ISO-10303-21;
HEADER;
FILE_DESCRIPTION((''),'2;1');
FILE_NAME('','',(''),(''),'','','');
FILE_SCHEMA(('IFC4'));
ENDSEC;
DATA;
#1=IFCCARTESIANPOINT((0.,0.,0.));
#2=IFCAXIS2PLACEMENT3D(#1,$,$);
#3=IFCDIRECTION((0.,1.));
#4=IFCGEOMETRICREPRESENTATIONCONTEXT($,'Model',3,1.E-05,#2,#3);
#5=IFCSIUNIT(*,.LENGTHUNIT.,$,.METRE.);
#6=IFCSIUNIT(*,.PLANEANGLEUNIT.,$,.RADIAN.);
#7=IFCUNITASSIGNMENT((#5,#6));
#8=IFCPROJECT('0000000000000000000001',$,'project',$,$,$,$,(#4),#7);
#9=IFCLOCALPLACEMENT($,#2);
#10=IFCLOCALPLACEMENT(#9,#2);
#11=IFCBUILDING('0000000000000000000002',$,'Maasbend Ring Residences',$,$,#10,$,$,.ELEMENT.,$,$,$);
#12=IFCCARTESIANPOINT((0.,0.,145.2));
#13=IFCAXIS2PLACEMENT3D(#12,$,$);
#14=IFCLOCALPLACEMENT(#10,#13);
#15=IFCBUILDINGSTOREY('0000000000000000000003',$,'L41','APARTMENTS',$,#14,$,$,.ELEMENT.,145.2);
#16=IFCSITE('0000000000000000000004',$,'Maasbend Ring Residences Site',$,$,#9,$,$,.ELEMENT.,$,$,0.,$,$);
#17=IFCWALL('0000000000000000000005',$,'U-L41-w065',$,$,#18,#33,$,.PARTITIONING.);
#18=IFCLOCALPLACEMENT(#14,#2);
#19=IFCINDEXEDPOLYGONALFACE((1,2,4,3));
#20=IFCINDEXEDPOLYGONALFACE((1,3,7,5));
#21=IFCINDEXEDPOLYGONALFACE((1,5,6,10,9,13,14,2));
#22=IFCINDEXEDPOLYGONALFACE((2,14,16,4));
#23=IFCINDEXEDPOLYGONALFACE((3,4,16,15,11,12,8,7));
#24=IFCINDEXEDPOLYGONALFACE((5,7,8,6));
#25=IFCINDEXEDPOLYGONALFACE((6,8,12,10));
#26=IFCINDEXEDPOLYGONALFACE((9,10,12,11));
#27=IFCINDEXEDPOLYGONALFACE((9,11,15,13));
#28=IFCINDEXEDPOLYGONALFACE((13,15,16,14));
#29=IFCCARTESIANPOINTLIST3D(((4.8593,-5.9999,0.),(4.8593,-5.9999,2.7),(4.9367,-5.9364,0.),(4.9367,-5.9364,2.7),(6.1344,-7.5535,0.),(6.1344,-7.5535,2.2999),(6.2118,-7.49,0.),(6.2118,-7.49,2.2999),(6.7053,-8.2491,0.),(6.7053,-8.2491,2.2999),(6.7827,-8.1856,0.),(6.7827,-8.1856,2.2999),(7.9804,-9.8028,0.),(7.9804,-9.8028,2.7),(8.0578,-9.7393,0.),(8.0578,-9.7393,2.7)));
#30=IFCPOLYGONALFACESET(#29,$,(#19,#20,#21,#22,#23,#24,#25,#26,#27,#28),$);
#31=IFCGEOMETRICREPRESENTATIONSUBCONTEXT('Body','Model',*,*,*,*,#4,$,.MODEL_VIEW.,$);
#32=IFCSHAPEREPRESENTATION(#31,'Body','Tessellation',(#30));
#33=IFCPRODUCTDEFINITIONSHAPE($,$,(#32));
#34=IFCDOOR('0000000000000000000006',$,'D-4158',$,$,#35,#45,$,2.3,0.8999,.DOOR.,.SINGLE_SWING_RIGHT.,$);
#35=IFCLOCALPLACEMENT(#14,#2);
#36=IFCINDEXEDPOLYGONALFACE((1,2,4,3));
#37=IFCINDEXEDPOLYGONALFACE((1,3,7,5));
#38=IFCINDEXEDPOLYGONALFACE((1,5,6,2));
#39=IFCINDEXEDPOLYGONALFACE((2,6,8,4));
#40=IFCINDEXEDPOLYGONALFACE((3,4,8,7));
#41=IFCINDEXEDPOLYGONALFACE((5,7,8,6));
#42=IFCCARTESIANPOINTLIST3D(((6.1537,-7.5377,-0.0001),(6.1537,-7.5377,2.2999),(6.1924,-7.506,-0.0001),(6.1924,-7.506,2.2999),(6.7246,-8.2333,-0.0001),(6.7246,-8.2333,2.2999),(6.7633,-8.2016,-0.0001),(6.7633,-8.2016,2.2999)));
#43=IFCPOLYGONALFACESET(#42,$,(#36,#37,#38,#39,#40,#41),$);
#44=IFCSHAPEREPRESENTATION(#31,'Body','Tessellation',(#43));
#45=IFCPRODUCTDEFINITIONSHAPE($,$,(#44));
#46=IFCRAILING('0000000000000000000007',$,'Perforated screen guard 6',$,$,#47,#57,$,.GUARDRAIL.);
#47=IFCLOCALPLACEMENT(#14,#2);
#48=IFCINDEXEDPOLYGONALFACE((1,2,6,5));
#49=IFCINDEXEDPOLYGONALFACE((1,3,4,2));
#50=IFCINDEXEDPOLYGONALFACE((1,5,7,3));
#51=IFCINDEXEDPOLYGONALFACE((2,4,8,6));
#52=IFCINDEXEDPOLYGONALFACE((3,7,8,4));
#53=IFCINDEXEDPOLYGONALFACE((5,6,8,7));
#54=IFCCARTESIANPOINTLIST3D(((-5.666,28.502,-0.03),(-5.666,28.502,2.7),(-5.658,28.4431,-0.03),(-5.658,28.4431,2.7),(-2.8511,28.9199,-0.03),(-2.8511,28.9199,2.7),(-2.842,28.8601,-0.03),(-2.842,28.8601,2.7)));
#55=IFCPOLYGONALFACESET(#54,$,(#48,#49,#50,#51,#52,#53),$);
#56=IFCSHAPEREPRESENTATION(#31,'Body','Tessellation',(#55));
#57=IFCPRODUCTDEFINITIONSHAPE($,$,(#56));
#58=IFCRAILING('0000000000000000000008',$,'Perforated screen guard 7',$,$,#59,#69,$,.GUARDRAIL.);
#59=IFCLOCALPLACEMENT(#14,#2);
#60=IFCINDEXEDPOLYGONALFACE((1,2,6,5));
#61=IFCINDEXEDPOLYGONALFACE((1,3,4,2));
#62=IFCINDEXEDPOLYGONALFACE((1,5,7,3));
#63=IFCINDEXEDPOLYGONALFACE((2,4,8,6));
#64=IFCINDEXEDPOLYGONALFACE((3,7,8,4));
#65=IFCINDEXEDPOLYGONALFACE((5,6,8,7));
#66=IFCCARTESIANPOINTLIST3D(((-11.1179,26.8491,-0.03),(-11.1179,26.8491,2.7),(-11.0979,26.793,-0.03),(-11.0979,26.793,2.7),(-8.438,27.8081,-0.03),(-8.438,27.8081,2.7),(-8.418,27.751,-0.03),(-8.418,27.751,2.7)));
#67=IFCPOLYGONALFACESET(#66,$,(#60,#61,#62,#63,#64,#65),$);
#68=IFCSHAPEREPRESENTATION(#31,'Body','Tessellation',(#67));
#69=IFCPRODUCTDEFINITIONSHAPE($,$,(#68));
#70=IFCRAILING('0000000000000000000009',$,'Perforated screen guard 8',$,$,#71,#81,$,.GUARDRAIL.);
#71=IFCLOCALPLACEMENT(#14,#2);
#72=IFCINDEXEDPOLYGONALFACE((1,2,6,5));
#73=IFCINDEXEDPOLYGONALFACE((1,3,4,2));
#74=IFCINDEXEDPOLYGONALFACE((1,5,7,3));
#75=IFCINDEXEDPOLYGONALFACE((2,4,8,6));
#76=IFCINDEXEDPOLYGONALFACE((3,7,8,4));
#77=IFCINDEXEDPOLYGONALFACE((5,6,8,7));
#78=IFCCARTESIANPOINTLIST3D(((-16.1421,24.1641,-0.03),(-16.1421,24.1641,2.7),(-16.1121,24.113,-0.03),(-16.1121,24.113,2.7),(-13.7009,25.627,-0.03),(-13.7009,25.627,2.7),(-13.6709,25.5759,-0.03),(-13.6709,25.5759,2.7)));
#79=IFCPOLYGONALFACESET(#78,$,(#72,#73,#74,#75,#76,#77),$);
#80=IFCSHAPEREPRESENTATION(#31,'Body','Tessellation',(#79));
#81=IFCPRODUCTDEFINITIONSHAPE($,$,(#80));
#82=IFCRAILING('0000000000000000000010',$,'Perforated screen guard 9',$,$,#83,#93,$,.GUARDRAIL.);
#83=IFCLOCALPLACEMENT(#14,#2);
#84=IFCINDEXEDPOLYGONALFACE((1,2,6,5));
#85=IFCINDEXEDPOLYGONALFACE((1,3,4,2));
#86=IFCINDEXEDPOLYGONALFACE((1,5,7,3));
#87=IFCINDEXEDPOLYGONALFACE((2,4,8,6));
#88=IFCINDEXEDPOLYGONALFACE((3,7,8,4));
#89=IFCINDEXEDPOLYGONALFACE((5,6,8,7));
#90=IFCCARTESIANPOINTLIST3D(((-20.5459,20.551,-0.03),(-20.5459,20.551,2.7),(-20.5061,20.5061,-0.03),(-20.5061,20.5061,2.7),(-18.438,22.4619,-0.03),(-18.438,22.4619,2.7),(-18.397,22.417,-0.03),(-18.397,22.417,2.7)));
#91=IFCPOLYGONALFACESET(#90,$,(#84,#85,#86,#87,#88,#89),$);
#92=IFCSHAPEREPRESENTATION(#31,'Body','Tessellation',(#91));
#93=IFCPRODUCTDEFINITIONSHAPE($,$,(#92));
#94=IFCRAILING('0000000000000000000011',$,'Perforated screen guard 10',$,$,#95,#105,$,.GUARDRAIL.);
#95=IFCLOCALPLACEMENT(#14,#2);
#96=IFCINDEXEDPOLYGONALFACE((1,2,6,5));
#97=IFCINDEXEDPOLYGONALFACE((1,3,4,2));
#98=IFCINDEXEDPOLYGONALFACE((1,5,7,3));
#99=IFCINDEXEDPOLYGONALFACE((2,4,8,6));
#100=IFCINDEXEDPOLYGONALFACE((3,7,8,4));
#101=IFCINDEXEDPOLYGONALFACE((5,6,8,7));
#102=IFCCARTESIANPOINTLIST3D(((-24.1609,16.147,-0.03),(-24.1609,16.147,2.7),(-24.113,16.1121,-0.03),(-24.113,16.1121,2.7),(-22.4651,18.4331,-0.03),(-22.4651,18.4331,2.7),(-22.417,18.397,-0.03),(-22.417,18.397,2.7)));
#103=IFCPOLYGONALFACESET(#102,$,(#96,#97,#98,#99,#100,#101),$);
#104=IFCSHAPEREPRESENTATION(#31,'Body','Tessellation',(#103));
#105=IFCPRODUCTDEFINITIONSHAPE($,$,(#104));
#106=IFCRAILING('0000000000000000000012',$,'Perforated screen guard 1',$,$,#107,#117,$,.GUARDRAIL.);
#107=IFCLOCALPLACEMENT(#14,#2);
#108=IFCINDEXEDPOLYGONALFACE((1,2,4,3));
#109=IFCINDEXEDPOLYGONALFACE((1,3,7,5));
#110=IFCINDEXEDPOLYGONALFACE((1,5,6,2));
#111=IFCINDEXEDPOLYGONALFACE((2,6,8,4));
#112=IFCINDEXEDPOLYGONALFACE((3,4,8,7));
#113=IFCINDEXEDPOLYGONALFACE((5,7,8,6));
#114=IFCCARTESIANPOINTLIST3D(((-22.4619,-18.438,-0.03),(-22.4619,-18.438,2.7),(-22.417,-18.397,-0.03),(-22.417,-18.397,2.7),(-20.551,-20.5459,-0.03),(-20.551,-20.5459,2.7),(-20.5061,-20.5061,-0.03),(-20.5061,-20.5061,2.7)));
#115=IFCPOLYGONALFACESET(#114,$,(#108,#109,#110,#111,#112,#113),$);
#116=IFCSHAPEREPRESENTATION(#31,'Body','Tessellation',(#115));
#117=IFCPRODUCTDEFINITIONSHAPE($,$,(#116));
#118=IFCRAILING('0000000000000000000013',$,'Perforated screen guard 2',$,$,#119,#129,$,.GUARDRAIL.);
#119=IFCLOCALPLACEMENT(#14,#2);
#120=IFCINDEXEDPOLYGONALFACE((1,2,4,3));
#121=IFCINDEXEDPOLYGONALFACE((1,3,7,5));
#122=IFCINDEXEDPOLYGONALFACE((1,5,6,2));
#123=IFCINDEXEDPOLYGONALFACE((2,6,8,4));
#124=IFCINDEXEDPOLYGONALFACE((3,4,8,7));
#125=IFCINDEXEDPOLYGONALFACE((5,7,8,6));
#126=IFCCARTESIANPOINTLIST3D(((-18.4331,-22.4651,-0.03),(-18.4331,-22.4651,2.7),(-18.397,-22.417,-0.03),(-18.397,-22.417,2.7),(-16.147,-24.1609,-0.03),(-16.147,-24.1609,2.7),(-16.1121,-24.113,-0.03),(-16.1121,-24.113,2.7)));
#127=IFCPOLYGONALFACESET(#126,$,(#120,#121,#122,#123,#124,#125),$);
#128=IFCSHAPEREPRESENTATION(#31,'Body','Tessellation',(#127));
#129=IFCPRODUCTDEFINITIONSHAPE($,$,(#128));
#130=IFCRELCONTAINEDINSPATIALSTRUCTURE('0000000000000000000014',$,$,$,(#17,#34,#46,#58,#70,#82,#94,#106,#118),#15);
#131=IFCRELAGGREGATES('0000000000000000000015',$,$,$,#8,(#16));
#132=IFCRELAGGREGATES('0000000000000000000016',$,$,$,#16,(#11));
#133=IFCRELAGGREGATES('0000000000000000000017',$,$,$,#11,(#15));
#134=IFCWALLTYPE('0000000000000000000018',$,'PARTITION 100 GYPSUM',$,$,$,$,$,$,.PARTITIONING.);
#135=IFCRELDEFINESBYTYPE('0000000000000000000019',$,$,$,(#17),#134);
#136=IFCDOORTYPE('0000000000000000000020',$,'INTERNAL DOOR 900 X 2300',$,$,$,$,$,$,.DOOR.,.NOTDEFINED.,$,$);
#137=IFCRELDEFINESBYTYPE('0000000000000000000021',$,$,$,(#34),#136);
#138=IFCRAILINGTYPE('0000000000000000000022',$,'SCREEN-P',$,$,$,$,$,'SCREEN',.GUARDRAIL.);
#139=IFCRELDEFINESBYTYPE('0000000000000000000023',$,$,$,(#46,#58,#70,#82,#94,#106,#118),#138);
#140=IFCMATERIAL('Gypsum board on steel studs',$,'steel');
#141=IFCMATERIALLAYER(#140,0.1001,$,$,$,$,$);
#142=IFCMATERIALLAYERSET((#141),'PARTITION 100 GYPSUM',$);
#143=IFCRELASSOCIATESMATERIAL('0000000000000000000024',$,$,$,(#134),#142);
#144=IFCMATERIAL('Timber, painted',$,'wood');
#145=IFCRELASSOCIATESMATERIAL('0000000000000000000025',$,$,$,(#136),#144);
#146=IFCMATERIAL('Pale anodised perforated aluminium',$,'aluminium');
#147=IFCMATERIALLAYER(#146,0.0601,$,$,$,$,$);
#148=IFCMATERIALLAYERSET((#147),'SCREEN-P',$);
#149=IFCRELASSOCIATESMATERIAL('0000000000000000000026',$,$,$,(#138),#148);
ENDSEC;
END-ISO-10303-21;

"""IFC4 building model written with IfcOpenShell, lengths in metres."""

from ifc_helpers import new_model, si_unit, direction, frame, frame_2d, origin, place, context, subcontext, project, spatial, polyline, rectangle, outline, extrude, material, layer, layer_set, type_object, element, fill, save


model = new_model("IFC4")

# Units and contexts
model_context = context("Model", 3, precision=1e-05, world=origin(), true_north=direction((0.0, 1.0)))
body_context = subcontext(model_context, "Body", "Model", "MODEL_VIEW")
ifc_project = project(units=[si_unit("LENGTHUNIT", "METRE"), si_unit("PLANEANGLEUNIT", "RADIAN")], contexts=[model_context])

# Site, building, storey
site_placement = place(None, origin())
site = spatial("IfcSite", under=ifc_project, at=site_placement, Name="Maasbend Ring Residences Site", CompositionType="ELEMENT", RefElevation=0.0)
building_placement = place(site_placement, origin())
building = spatial("IfcBuilding", under=site, at=building_placement, Name="Maasbend Ring Residences", CompositionType="ELEMENT")
storey_placement = place(building_placement, frame((0.0, 0.0, 145.2)))
storey = spatial("IfcBuildingStorey", under=building, at=storey_placement, Name="L41", Description="APARTMENTS", CompositionType="ELEMENT", Elevation=145.2)

# Wall, opening, door
ifc_material_1 = material(Name="Gypsum board on steel studs", Category="steel")
ifc_layer_1 = layer(ifc_material_1, 0.1001)
ifc_layer_set_1 = layer_set([ifc_layer_1], Name="PARTITION 100 GYPSUM")
wall_type = type_object("IfcWallType", Name="PARTITION 100 GYPSUM", PredefinedType="PARTITIONING", material=ifc_layer_set_1)
wall_placement = place(storey_placement, frame((4.8979, -5.968, 0.0), z_axis=(0.0, 0.0, 1.0), x_axis=(0.634402, -0.773003, 0.0)))
wall = element("IfcWall", 1, at=wall_placement, inside=storey, type_object=wall_type, Name="U-L41-w065", PredefinedType="PARTITIONING", context=body_context, shape_type="SweptSolid", body=[
    extrude(rectangle(XDim=4.9197, YDim=0.1001, at=frame_2d((2.46, 0.0))), origin(), (0.0, 0.0, 1.0), 2.7),
])
opening_placement = place(wall_placement, frame((2.01, 0.0, 0.0)))
opening = element("IfcOpeningElement", 2, at=opening_placement, cuts=wall, PredefinedType="OPENING", context=body_context, shape_type="SweptSolid", body=[
    extrude(rectangle(XDim=0.8999, YDim=2.3, at=frame_2d((0.45, 1.1499))), frame((0.0, 0.0601, 0.0), z_axis=(0.0, -1.0, 0.0), x_axis=(1.0, 0.0, 0.0)), (0.0, 0.0, 1.0), 0.1201),
])
ifc_material_2 = material(Name="Timber, painted", Category="wood")
door_type = type_object("IfcDoorType", Name="INTERNAL DOOR 900 X 2300", OperationType="NOTDEFINED", PredefinedType="DOOR", material=ifc_material_2)
door_placement = place(opening_placement, origin())
door = element("IfcDoor", 3, at=door_placement, inside=storey, type_object=door_type, Name="D-4158", OperationType="SINGLE_SWING_RIGHT", OverallHeight=2.3, OverallWidth=0.8999, PredefinedType="DOOR", context=body_context, shape_type="SweptSolid", body=[
    extrude(rectangle(XDim=0.8999, YDim=2.3, at=frame_2d((0.45, 1.1499))), frame((0.0, 0.0249, 0.0), z_axis=(0.0, -1.0, 0.0), x_axis=(1.0, 0.0, 0.0)), (0.0, 0.0, 1.0), 0.05),
])
fill(opening, door)

# Railings
ifc_material_3 = material(Name="Pale anodised perforated aluminium", Category="aluminium")
ifc_layer_2 = layer(ifc_material_3, 0.0601)
ifc_layer_set_2 = layer_set([ifc_layer_2], Name="SCREEN-P")
railing_type = type_object("IfcRailingType", Name="SCREEN-P", ElementType="SCREEN", PredefinedType="GUARDRAIL", material=ifc_layer_set_2)
railing_1_placement = place(storey_placement, frame((0.0, 0.0, -0.03)))
element("IfcRailing", 4, at=railing_1_placement, inside=storey, type_object=railing_type, Name="Perforated screen guard 6", PredefinedType="GUARDRAIL", context=body_context, shape_type="SweptSolid", body=[
    extrude(outline(polyline([(-2.842, 28.8601), (-5.658, 28.4431), (-5.666, 28.502), (-2.8511, 28.9199), (-2.842, 28.8601)])), origin(), (0.0, 0.0, 1.0), 2.73),
])
railing_2_placement = place(storey_placement, frame((0.0, 0.0, -0.03)))
element("IfcRailing", 5, at=railing_2_placement, inside=storey, type_object=railing_type, Name="Perforated screen guard 7", PredefinedType="GUARDRAIL", context=body_context, shape_type="SweptSolid", body=[
    extrude(outline(polyline([(-8.418, 27.751), (-11.0979, 26.793), (-11.1179, 26.8491), (-8.438, 27.8081), (-8.418, 27.751)])), origin(), (0.0, 0.0, 1.0), 2.73),
])
railing_3_placement = place(storey_placement, frame((0.0, 0.0, -0.03)))
element("IfcRailing", 6, at=railing_3_placement, inside=storey, type_object=railing_type, Name="Perforated screen guard 8", PredefinedType="GUARDRAIL", context=body_context, shape_type="SweptSolid", body=[
    extrude(outline(polyline([(-13.6709, 25.5759), (-16.1121, 24.113), (-16.1421, 24.1641), (-13.7009, 25.627), (-13.6709, 25.5759)])), origin(), (0.0, 0.0, 1.0), 2.73),
])
railing_4_placement = place(storey_placement, frame((0.0, 0.0, -0.03)))
element("IfcRailing", 7, at=railing_4_placement, inside=storey, type_object=railing_type, Name="Perforated screen guard 9", PredefinedType="GUARDRAIL", context=body_context, shape_type="SweptSolid", body=[
    extrude(outline(polyline([(-18.397, 22.417), (-20.5061, 20.5061), (-20.5459, 20.551), (-18.438, 22.4619), (-18.397, 22.417)])), origin(), (0.0, 0.0, 1.0), 2.73),
])
railing_5_placement = place(storey_placement, frame((0.0, 0.0, -0.03)))
element("IfcRailing", 8, at=railing_5_placement, inside=storey, type_object=railing_type, Name="Perforated screen guard 10", PredefinedType="GUARDRAIL", context=body_context, shape_type="SweptSolid", body=[
    extrude(outline(polyline([(-22.417, 18.397), (-24.113, 16.1121), (-24.1609, 16.147), (-22.4651, 18.4331), (-22.417, 18.397)])), origin(), (0.0, 0.0, 1.0), 2.73),
])
railing_6_placement = place(storey_placement, frame((0.0, 0.0, -0.03)))
element("IfcRailing", 9, at=railing_6_placement, inside=storey, type_object=railing_type, Name="Perforated screen guard 1", PredefinedType="GUARDRAIL", context=body_context, shape_type="SweptSolid", body=[
    extrude(outline(polyline([(-22.417, -18.397), (-20.5061, -20.5061), (-20.551, -20.5459), (-22.4619, -18.438), (-22.417, -18.397)])), origin(), (0.0, 0.0, 1.0), 2.73),
])
railing_7_placement = place(storey_placement, frame((0.0, 0.0, -0.03)))
element("IfcRailing", 10, at=railing_7_placement, inside=storey, type_object=railing_type, Name="Perforated screen guard 2", PredefinedType="GUARDRAIL", context=body_context, shape_type="SweptSolid", body=[
    extrude(outline(polyline([(-18.397, -22.417), (-16.1121, -24.113), (-16.147, -24.1609), (-18.4331, -22.4651), (-18.397, -22.417)])), origin(), (0.0, 0.0, 1.0), 2.73),
])

save(model, "model.ifc")
